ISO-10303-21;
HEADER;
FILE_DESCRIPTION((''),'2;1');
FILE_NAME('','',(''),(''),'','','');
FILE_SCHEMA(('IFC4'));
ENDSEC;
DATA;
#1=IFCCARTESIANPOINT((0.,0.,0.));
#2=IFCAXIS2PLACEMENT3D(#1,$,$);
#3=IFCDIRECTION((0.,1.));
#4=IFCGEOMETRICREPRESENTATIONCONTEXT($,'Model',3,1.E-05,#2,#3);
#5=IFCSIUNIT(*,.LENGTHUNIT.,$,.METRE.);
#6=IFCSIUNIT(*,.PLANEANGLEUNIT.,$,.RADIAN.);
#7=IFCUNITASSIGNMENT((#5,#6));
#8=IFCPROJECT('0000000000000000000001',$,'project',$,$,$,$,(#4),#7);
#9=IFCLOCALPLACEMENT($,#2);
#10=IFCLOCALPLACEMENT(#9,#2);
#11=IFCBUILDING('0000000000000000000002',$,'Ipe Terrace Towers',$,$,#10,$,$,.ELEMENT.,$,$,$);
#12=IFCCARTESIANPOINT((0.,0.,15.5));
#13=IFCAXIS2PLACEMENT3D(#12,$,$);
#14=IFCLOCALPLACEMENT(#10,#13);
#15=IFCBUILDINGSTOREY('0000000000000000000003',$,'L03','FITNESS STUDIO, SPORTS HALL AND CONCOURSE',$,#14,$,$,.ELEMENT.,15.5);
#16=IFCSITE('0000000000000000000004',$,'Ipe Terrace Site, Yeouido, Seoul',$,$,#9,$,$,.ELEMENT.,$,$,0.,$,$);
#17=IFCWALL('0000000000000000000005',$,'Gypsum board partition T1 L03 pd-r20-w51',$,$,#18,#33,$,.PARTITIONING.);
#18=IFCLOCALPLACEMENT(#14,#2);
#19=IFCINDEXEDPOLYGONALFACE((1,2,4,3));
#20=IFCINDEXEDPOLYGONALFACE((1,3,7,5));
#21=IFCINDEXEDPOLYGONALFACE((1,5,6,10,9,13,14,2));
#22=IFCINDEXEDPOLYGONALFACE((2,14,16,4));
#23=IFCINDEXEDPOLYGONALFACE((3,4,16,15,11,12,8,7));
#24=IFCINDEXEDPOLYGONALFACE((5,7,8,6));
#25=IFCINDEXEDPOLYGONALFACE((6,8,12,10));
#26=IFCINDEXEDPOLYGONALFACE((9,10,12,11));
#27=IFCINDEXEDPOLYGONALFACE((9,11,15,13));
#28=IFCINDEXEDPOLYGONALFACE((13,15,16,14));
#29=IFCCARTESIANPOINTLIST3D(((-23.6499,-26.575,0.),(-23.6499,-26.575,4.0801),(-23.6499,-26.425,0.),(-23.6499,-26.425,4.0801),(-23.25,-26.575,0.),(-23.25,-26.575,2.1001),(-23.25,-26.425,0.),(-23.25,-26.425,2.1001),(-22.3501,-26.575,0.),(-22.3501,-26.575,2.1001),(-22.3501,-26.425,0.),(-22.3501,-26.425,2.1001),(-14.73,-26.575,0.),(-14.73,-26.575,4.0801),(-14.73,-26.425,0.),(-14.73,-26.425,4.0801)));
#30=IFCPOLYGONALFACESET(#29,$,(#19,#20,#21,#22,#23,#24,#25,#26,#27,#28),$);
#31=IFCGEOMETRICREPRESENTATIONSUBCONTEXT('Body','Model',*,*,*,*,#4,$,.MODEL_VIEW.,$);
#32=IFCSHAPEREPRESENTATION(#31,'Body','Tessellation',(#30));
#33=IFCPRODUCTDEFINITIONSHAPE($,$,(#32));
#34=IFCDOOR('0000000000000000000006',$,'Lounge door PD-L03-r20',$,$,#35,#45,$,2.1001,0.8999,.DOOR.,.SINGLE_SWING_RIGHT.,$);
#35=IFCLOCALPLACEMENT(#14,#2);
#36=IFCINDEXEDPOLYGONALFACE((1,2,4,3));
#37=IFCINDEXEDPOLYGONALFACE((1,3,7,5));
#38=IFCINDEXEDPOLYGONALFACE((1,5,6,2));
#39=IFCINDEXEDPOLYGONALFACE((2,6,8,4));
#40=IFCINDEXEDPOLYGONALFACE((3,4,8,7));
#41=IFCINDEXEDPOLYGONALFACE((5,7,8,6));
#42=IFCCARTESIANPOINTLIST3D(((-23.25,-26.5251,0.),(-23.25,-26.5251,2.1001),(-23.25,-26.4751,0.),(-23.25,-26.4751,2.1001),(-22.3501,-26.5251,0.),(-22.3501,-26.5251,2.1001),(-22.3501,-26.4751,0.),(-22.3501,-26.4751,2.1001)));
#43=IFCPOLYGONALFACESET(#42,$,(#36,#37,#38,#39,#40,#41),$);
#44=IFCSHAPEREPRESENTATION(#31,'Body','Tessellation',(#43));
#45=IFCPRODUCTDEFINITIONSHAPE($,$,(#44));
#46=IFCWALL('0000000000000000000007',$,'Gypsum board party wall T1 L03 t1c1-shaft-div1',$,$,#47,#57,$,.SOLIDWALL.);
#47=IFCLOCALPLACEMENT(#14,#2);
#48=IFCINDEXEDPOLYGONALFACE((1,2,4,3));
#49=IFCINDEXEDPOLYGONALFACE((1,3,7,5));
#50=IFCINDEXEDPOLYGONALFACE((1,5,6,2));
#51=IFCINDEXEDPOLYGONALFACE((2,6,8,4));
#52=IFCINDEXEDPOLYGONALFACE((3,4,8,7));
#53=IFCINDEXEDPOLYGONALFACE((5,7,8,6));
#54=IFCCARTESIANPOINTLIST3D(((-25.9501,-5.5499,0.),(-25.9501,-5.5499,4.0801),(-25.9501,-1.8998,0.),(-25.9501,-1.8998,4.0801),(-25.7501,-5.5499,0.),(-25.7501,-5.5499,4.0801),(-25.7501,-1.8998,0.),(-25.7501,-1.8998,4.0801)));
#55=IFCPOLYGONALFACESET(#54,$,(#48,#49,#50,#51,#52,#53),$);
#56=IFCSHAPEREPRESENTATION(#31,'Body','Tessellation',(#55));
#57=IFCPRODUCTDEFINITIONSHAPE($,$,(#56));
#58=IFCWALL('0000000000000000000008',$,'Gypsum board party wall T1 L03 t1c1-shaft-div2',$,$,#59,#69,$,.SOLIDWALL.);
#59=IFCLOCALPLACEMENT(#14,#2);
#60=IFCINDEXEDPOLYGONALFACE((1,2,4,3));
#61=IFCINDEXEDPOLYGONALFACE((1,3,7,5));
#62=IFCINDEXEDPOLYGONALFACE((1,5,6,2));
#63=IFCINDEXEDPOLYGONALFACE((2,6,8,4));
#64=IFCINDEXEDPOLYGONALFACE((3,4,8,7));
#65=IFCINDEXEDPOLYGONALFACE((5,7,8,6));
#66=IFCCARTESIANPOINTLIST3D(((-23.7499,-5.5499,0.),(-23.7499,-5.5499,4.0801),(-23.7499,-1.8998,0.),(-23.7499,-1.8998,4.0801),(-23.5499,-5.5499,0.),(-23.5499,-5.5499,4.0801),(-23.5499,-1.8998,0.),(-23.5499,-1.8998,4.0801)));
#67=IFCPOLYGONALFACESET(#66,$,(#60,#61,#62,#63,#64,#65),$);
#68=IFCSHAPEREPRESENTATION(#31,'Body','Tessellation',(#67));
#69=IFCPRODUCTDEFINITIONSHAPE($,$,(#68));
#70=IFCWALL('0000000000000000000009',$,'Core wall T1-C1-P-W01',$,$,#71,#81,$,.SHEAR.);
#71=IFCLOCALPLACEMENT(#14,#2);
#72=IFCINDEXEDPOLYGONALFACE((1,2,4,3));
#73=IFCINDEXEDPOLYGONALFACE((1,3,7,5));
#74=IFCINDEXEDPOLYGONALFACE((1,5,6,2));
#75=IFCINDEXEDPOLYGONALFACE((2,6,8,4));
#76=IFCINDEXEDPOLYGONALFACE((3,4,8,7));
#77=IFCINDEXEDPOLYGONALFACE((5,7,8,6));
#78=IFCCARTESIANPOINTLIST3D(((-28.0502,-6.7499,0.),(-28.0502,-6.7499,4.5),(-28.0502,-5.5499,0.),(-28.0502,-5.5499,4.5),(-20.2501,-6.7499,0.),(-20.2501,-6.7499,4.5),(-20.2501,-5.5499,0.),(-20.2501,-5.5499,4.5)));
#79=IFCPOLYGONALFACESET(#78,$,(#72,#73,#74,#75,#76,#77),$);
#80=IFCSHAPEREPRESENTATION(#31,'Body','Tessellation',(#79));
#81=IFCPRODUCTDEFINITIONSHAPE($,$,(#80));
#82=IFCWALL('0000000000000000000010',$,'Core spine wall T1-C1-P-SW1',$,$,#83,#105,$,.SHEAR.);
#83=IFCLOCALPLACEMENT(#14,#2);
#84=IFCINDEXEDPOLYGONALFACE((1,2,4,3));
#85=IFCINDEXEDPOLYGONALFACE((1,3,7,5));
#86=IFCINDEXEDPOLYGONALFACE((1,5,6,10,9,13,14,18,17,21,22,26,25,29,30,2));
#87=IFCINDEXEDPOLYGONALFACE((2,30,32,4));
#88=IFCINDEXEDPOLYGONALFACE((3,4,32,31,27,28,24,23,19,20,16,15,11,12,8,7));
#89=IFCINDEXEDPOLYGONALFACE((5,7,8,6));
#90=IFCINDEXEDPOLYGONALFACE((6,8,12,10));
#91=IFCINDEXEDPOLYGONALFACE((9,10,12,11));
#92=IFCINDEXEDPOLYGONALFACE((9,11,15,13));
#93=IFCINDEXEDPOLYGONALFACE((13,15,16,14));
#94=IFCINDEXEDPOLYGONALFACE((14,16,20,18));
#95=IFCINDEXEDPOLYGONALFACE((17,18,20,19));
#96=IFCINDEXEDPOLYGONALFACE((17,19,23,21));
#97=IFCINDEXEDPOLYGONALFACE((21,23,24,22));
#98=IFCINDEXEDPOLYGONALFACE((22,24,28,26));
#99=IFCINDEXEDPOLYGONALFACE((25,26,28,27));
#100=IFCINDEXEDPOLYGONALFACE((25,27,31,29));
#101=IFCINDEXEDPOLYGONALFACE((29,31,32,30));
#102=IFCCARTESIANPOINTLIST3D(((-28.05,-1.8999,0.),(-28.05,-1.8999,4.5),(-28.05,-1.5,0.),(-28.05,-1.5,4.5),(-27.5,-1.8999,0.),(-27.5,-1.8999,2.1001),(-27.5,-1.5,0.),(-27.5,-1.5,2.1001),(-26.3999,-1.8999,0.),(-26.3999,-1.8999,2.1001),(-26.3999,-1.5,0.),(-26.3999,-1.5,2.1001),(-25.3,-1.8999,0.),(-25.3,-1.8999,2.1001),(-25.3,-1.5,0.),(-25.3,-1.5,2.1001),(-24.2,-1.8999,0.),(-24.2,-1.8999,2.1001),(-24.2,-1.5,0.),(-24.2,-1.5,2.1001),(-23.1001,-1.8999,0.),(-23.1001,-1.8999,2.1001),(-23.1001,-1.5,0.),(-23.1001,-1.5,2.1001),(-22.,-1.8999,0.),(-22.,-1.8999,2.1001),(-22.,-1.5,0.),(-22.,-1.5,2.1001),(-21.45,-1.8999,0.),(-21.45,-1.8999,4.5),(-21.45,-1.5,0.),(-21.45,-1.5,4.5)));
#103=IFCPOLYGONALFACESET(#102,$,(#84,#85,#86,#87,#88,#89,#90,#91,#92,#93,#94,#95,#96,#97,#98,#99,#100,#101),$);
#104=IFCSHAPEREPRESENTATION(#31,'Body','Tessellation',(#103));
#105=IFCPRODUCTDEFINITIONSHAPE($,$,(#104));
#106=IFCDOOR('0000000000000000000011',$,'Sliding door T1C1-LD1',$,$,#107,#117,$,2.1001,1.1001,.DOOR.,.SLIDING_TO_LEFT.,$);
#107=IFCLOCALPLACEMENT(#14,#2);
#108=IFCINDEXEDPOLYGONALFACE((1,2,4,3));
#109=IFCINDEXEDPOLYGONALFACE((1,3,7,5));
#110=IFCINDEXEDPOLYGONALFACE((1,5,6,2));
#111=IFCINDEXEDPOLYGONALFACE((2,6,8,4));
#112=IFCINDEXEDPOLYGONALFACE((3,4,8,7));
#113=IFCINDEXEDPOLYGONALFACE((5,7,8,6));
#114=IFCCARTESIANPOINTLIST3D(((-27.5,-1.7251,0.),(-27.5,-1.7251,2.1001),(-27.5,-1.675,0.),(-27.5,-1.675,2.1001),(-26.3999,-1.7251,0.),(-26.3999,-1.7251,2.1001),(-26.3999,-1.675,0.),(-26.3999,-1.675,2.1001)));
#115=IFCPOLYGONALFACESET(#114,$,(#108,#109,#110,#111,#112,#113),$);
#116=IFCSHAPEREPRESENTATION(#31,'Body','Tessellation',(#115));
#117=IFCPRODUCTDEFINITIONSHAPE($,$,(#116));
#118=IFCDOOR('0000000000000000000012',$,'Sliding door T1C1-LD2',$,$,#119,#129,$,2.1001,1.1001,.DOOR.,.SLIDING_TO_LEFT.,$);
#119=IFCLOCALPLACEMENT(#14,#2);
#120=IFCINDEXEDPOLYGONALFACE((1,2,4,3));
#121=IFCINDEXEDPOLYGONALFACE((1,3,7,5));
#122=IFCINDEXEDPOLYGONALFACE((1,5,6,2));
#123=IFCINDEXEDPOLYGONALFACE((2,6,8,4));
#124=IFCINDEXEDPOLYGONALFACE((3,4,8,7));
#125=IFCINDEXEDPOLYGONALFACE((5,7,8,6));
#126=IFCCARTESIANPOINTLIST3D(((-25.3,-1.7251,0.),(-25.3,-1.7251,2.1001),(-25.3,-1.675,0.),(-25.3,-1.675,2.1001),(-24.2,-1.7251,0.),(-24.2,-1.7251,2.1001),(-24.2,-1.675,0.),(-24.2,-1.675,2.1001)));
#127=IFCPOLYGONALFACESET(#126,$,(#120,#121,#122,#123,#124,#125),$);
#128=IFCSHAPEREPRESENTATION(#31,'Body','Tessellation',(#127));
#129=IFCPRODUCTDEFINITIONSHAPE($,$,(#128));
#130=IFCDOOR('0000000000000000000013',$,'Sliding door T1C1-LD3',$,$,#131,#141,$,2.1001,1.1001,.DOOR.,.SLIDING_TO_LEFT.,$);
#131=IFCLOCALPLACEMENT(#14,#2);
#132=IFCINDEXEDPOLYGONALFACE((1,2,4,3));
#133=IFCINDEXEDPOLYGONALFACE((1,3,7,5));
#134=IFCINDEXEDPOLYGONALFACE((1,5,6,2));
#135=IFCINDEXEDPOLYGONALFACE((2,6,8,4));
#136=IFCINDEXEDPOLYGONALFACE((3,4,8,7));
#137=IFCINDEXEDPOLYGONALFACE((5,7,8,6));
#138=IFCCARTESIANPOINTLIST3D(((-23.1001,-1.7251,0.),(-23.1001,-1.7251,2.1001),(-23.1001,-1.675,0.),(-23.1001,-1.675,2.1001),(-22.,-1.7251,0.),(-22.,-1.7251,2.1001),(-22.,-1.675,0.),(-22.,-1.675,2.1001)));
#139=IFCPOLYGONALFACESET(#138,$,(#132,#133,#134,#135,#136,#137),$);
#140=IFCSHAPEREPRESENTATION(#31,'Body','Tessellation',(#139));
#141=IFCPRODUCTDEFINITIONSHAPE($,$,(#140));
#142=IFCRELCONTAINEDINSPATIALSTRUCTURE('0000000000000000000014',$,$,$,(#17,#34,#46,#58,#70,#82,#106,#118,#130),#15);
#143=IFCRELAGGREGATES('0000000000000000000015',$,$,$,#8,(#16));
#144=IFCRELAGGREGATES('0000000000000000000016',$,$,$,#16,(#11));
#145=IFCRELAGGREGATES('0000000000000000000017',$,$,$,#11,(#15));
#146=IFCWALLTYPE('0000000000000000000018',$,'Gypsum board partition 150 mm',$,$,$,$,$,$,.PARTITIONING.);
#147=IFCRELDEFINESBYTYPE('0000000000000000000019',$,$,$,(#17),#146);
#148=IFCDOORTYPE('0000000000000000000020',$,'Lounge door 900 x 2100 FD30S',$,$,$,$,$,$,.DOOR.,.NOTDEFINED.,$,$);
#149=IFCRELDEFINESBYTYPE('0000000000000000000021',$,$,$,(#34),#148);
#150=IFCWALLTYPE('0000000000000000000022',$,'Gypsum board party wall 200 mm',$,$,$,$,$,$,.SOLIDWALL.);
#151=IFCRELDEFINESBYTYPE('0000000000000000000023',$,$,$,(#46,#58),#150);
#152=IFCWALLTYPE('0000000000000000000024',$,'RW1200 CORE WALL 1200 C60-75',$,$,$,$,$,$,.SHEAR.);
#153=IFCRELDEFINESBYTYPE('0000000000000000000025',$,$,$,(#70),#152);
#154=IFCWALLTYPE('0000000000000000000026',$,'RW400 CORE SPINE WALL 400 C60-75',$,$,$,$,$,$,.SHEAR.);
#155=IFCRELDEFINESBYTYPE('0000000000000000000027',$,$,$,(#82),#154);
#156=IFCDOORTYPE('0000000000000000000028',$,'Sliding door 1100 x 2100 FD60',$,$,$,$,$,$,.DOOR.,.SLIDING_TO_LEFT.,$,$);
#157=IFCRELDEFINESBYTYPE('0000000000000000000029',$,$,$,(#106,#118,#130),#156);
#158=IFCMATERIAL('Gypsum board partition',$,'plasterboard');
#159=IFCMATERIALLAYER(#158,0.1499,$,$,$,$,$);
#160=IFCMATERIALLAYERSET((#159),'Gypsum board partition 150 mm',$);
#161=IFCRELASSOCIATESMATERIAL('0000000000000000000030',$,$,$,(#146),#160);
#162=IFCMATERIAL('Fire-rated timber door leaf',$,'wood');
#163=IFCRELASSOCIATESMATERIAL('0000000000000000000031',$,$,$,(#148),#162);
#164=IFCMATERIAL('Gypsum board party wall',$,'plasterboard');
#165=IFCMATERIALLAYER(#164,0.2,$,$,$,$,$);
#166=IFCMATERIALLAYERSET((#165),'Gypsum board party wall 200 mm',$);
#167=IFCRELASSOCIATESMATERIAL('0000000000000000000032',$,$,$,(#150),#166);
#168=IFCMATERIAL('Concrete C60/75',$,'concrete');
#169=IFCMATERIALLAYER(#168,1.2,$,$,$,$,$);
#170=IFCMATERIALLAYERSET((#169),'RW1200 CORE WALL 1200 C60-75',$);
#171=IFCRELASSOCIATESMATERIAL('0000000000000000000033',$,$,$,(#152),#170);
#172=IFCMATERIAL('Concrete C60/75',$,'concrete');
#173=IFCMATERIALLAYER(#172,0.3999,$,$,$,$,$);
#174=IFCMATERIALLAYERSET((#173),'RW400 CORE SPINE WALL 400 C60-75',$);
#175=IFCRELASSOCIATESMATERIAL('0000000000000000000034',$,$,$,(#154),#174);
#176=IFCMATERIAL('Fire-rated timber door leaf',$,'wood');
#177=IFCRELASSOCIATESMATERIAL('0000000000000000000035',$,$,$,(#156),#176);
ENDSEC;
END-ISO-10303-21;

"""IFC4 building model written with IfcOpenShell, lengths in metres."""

from ifc_helpers import new_model, si_unit, direction, frame, frame_2d, origin, place, context, subcontext, project, spatial, rectangle, extrude, material, layer, layer_set, type_object, element, fill, save


model = new_model("IFC4")

# Units and contexts
model_context = context("Model", 3, precision=1e-05, world=origin(), true_north=direction((0.0, 1.0)))
body_context = subcontext(model_context, "Body", "Model", "MODEL_VIEW")
ifc_project = project(units=[si_unit("LENGTHUNIT", "METRE"), si_unit("PLANEANGLEUNIT", "RADIAN")], contexts=[model_context])

# Site, building, storey
site_placement = place(None, origin())
site = spatial("IfcSite", under=ifc_project, at=site_placement, Name="Ipe Terrace Site, Yeouido, Seoul", CompositionType="ELEMENT", RefElevation=0.0)
building_placement = place(site_placement, origin())
building = spatial("IfcBuilding", under=site, at=building_placement, Name="Ipe Terrace Towers", CompositionType="ELEMENT")
storey_placement = place(building_placement, frame((0.0, 0.0, 15.5)))
storey = spatial("IfcBuildingStorey", under=building, at=storey_placement, Name="L03", Description="FITNESS STUDIO, SPORTS HALL AND CONCOURSE", CompositionType="ELEMENT", Elevation=15.5)

# Shared definitions
ifc_material_1 = material(Name="Gypsum board partition", Category="plasterboard")
ifc_layer_1 = layer(ifc_material_1, 0.1499)
ifc_layer_set_1 = layer_set([ifc_layer_1], Name="Gypsum board partition 150 mm")
wall_type_1 = type_object("IfcWallType", Name="Gypsum board partition 150 mm", PredefinedType="PARTITIONING", material=ifc_layer_set_1)

# Wall, opening, door
wall_1_placement = place(storey_placement, frame((-23.6499, -26.5, 0.0), z_axis=(0.0, 0.0, 1.0), x_axis=(1.0, 0.0, 0.0)))
wall_1 = element("IfcWall", 1, at=wall_1_placement, inside=storey, type_object=wall_type_1, Name="Gypsum board partition T1 L03 pd-r20-w51", PredefinedType="PARTITIONING", context=body_context, shape_type="SweptSolid", body=[
    extrude(rectangle(XDim=8.9199, YDim=0.1499, at=frame_2d((4.46, 0.0))), origin(), (0.0, 0.0, 1.0), 4.0801),
])
opening_1_placement = place(wall_1_placement, frame((0.3999, 0.0, 0.0)))
opening_1 = element("IfcOpeningElement", 2, at=opening_1_placement, cuts=wall_1, PredefinedType="OPENING", context=body_context, shape_type="SweptSolid", body=[
    extrude(rectangle(XDim=0.8999, YDim=2.1001, at=frame_2d((0.45, 1.05))), frame((0.0, 0.085, 0.0), z_axis=(0.0, -1.0, 0.0), x_axis=(1.0, 0.0, 0.0)), (0.0, 0.0, 1.0), 0.1699),
])
ifc_material_2 = material(Name="Fire-rated timber door leaf", Category="wood")
door_type_1 = type_object("IfcDoorType", Name="Lounge door 900 x 2100 FD30S", OperationType="NOTDEFINED", PredefinedType="DOOR", material=ifc_material_2)
door_1_placement = place(opening_1_placement, origin())
door_1 = element("IfcDoor", 3, at=door_1_placement, inside=storey, type_object=door_type_1, Name="Lounge door PD-L03-r20", OperationType="SINGLE_SWING_RIGHT", OverallHeight=2.1001, OverallWidth=0.8999, PredefinedType="DOOR", context=body_context, shape_type="SweptSolid", body=[
    extrude(rectangle(XDim=0.8999, YDim=2.1001, at=frame_2d((0.45, 1.05))), frame((0.0, 0.0249, 0.0), z_axis=(0.0, -1.0, 0.0), x_axis=(1.0, 0.0, 0.0)), (0.0, 0.0, 1.0), 0.05),
])
fill(opening_1, door_1)

# Walls
ifc_material_3 = material(Name="Gypsum board party wall", Category="plasterboard")
ifc_layer_2 = layer(ifc_material_3, 0.2)
ifc_layer_set_2 = layer_set([ifc_layer_2], Name="Gypsum board party wall 200 mm")
wall_type_2 = type_object("IfcWallType", Name="Gypsum board party wall 200 mm", PredefinedType="SOLIDWALL", material=ifc_layer_set_2)
for number, where, z_axis, x_axis, name in (
    (4, (-25.8501, -5.55, 0.0), (0.0, 0.0, 1.0), (0.0, 1.0, 0.0), "Gypsum board party wall T1 L03 t1c1-shaft-div1"),
    (5, (-23.6499, -5.55, 0.0), (0.0, 0.0, 1.0), (0.0, 1.0, 0.0), "Gypsum board party wall T1 L03 t1c1-shaft-div2"),
):
    element("IfcWall", number, at=place(storey_placement, frame(where, z_axis=z_axis, x_axis=x_axis)), inside=storey, type_object=wall_type_2, Name=name, PredefinedType="SOLIDWALL", context=body_context, shape_type="SweptSolid", body=[
        extrude(rectangle(XDim=3.6501, YDim=0.2, at=frame_2d((1.8252, 0.0))), origin(), (0.0, 0.0, 1.0), 4.0801),
    ])
ifc_material_4 = material(Name="Concrete C60/75", Category="concrete")
ifc_layer_3 = layer(ifc_material_4, 1.2)
ifc_layer_set_3 = layer_set([ifc_layer_3], Name="RW1200 CORE WALL 1200 C60-75")
wall_type_3 = type_object("IfcWallType", Name="RW1200 CORE WALL 1200 C60-75", PredefinedType="SHEAR", material=ifc_layer_set_3)
wall_2_placement = place(storey_placement, frame((-28.05, -6.1499, 0.0), z_axis=(0.0, 0.0, 1.0), x_axis=(1.0, 0.0, 0.0)))
element("IfcWall", 6, at=wall_2_placement, inside=storey, type_object=wall_type_3, Name="Core wall T1-C1-P-W01", PredefinedType="SHEAR", context=body_context, shape_type="SweptSolid", body=[
    extrude(rectangle(XDim=7.8, YDim=1.2, at=frame_2d((3.8999, 0.0))), origin(), (0.0, 0.0, 1.0), 4.5),
])

# Wall, openings, doors
ifc_material_5 = material(Name="Concrete C60/75", Category="concrete")
ifc_layer_4 = layer(ifc_material_5, 0.3999)
ifc_layer_set_4 = layer_set([ifc_layer_4], Name="RW400 CORE SPINE WALL 400 C60-75")
wall_type_4 = type_object("IfcWallType", Name="RW400 CORE SPINE WALL 400 C60-75", PredefinedType="SHEAR", material=ifc_layer_set_4)
wall_3_placement = place(storey_placement, frame((-28.05, -1.7, 0.0), z_axis=(0.0, 0.0, 1.0), x_axis=(1.0, 0.0, 0.0)))
wall_3 = element("IfcWall", 7, at=wall_3_placement, inside=storey, type_object=wall_type_4, Name="Core spine wall T1-C1-P-SW1", PredefinedType="SHEAR", context=body_context, shape_type="SweptSolid", body=[
    extrude(rectangle(XDim=6.6001, YDim=0.3999, at=frame_2d((3.3, 0.0))), origin(), (0.0, 0.0, 1.0), 4.5),
])
opening_2_placement = place(wall_3_placement, frame((0.55, 0.0, 0.0)))
opening_2 = element("IfcOpeningElement", 8, at=opening_2_placement, cuts=wall_3, PredefinedType="OPENING", context=body_context, shape_type="SweptSolid", body=[
    extrude(rectangle(XDim=1.1001, YDim=2.1001, at=frame_2d((0.55, 1.05))), frame((0.0, 0.21, 0.0), z_axis=(0.0, -1.0, 0.0), x_axis=(1.0, 0.0, 0.0)), (0.0, 0.0, 1.0), 0.4199),
])
opening_3_placement = place(wall_3_placement, frame((2.75, 0.0, 0.0)))
opening_3 = element("IfcOpeningElement", 9, at=opening_3_placement, cuts=wall_3, PredefinedType="OPENING", context=body_context, shape_type="SweptSolid", body=[
    extrude(rectangle(XDim=1.1001, YDim=2.1001, at=frame_2d((0.55, 1.05))), frame((0.0, 0.21, 0.0), z_axis=(0.0, -1.0, 0.0), x_axis=(1.0, 0.0, 0.0)), (0.0, 0.0, 1.0), 0.4199),
])
opening_4_placement = place(wall_3_placement, frame((4.95, 0.0, 0.0)))
opening_4 = element("IfcOpeningElement", 10, at=opening_4_placement, cuts=wall_3, PredefinedType="OPENING", context=body_context, shape_type="SweptSolid", body=[
    extrude(rectangle(XDim=1.1001, YDim=2.1001, at=frame_2d((0.55, 1.05))), frame((0.0, 0.21, 0.0), z_axis=(0.0, -1.0, 0.0), x_axis=(1.0, 0.0, 0.0)), (0.0, 0.0, 1.0), 0.4199),
])
ifc_material_6 = material(Name="Fire-rated timber door leaf", Category="wood")
door_type_2 = type_object("IfcDoorType", Name="Sliding door 1100 x 2100 FD60", OperationType="SLIDING_TO_LEFT", PredefinedType="DOOR", material=ifc_material_6)
door_2_placement = place(opening_2_placement, origin())
door_2 = element("IfcDoor", 11, at=door_2_placement, inside=storey, type_object=door_type_2, Name="Sliding door T1C1-LD1", OperationType="SLIDING_TO_LEFT", OverallHeight=2.1001, OverallWidth=1.1001, PredefinedType="DOOR", context=body_context, shape_type="SweptSolid", body=[
    extrude(rectangle(XDim=1.1001, YDim=2.1001, at=frame_2d((0.55, 1.05))), frame((0.0, 0.0249, 0.0), z_axis=(0.0, -1.0, 0.0), x_axis=(1.0, 0.0, 0.0)), (0.0, 0.0, 1.0), 0.05),
])
fill(opening_2, door_2)
door_3_placement = place(opening_3_placement, origin())
door_3 = element("IfcDoor", 12, at=door_3_placement, inside=storey, type_object=door_type_2, Name="Sliding door T1C1-LD2", OperationType="SLIDING_TO_LEFT", OverallHeight=2.1001, OverallWidth=1.1001, PredefinedType="DOOR", context=body_context, shape_type="SweptSolid", body=[
    extrude(rectangle(XDim=1.1001, YDim=2.1001, at=frame_2d((0.55, 1.05))), frame((0.0, 0.0249, 0.0), z_axis=(0.0, -1.0, 0.0), x_axis=(1.0, 0.0, 0.0)), (0.0, 0.0, 1.0), 0.05),
])
fill(opening_3, door_3)
door_4_placement = place(opening_4_placement, origin())
door_4 = element("IfcDoor", 13, at=door_4_placement, inside=storey, type_object=door_type_2, Name="Sliding door T1C1-LD3", OperationType="SLIDING_TO_LEFT", OverallHeight=2.1001, OverallWidth=1.1001, PredefinedType="DOOR", context=body_context, shape_type="SweptSolid", body=[
    extrude(rectangle(XDim=1.1001, YDim=2.1001, at=frame_2d((0.55, 1.05))), frame((0.0, 0.0249, 0.0), z_axis=(0.0, -1.0, 0.0), x_axis=(1.0, 0.0, 0.0)), (0.0, 0.0, 1.0), 0.05),
])
fill(opening_4, door_4)

save(model, "model.ifc")
